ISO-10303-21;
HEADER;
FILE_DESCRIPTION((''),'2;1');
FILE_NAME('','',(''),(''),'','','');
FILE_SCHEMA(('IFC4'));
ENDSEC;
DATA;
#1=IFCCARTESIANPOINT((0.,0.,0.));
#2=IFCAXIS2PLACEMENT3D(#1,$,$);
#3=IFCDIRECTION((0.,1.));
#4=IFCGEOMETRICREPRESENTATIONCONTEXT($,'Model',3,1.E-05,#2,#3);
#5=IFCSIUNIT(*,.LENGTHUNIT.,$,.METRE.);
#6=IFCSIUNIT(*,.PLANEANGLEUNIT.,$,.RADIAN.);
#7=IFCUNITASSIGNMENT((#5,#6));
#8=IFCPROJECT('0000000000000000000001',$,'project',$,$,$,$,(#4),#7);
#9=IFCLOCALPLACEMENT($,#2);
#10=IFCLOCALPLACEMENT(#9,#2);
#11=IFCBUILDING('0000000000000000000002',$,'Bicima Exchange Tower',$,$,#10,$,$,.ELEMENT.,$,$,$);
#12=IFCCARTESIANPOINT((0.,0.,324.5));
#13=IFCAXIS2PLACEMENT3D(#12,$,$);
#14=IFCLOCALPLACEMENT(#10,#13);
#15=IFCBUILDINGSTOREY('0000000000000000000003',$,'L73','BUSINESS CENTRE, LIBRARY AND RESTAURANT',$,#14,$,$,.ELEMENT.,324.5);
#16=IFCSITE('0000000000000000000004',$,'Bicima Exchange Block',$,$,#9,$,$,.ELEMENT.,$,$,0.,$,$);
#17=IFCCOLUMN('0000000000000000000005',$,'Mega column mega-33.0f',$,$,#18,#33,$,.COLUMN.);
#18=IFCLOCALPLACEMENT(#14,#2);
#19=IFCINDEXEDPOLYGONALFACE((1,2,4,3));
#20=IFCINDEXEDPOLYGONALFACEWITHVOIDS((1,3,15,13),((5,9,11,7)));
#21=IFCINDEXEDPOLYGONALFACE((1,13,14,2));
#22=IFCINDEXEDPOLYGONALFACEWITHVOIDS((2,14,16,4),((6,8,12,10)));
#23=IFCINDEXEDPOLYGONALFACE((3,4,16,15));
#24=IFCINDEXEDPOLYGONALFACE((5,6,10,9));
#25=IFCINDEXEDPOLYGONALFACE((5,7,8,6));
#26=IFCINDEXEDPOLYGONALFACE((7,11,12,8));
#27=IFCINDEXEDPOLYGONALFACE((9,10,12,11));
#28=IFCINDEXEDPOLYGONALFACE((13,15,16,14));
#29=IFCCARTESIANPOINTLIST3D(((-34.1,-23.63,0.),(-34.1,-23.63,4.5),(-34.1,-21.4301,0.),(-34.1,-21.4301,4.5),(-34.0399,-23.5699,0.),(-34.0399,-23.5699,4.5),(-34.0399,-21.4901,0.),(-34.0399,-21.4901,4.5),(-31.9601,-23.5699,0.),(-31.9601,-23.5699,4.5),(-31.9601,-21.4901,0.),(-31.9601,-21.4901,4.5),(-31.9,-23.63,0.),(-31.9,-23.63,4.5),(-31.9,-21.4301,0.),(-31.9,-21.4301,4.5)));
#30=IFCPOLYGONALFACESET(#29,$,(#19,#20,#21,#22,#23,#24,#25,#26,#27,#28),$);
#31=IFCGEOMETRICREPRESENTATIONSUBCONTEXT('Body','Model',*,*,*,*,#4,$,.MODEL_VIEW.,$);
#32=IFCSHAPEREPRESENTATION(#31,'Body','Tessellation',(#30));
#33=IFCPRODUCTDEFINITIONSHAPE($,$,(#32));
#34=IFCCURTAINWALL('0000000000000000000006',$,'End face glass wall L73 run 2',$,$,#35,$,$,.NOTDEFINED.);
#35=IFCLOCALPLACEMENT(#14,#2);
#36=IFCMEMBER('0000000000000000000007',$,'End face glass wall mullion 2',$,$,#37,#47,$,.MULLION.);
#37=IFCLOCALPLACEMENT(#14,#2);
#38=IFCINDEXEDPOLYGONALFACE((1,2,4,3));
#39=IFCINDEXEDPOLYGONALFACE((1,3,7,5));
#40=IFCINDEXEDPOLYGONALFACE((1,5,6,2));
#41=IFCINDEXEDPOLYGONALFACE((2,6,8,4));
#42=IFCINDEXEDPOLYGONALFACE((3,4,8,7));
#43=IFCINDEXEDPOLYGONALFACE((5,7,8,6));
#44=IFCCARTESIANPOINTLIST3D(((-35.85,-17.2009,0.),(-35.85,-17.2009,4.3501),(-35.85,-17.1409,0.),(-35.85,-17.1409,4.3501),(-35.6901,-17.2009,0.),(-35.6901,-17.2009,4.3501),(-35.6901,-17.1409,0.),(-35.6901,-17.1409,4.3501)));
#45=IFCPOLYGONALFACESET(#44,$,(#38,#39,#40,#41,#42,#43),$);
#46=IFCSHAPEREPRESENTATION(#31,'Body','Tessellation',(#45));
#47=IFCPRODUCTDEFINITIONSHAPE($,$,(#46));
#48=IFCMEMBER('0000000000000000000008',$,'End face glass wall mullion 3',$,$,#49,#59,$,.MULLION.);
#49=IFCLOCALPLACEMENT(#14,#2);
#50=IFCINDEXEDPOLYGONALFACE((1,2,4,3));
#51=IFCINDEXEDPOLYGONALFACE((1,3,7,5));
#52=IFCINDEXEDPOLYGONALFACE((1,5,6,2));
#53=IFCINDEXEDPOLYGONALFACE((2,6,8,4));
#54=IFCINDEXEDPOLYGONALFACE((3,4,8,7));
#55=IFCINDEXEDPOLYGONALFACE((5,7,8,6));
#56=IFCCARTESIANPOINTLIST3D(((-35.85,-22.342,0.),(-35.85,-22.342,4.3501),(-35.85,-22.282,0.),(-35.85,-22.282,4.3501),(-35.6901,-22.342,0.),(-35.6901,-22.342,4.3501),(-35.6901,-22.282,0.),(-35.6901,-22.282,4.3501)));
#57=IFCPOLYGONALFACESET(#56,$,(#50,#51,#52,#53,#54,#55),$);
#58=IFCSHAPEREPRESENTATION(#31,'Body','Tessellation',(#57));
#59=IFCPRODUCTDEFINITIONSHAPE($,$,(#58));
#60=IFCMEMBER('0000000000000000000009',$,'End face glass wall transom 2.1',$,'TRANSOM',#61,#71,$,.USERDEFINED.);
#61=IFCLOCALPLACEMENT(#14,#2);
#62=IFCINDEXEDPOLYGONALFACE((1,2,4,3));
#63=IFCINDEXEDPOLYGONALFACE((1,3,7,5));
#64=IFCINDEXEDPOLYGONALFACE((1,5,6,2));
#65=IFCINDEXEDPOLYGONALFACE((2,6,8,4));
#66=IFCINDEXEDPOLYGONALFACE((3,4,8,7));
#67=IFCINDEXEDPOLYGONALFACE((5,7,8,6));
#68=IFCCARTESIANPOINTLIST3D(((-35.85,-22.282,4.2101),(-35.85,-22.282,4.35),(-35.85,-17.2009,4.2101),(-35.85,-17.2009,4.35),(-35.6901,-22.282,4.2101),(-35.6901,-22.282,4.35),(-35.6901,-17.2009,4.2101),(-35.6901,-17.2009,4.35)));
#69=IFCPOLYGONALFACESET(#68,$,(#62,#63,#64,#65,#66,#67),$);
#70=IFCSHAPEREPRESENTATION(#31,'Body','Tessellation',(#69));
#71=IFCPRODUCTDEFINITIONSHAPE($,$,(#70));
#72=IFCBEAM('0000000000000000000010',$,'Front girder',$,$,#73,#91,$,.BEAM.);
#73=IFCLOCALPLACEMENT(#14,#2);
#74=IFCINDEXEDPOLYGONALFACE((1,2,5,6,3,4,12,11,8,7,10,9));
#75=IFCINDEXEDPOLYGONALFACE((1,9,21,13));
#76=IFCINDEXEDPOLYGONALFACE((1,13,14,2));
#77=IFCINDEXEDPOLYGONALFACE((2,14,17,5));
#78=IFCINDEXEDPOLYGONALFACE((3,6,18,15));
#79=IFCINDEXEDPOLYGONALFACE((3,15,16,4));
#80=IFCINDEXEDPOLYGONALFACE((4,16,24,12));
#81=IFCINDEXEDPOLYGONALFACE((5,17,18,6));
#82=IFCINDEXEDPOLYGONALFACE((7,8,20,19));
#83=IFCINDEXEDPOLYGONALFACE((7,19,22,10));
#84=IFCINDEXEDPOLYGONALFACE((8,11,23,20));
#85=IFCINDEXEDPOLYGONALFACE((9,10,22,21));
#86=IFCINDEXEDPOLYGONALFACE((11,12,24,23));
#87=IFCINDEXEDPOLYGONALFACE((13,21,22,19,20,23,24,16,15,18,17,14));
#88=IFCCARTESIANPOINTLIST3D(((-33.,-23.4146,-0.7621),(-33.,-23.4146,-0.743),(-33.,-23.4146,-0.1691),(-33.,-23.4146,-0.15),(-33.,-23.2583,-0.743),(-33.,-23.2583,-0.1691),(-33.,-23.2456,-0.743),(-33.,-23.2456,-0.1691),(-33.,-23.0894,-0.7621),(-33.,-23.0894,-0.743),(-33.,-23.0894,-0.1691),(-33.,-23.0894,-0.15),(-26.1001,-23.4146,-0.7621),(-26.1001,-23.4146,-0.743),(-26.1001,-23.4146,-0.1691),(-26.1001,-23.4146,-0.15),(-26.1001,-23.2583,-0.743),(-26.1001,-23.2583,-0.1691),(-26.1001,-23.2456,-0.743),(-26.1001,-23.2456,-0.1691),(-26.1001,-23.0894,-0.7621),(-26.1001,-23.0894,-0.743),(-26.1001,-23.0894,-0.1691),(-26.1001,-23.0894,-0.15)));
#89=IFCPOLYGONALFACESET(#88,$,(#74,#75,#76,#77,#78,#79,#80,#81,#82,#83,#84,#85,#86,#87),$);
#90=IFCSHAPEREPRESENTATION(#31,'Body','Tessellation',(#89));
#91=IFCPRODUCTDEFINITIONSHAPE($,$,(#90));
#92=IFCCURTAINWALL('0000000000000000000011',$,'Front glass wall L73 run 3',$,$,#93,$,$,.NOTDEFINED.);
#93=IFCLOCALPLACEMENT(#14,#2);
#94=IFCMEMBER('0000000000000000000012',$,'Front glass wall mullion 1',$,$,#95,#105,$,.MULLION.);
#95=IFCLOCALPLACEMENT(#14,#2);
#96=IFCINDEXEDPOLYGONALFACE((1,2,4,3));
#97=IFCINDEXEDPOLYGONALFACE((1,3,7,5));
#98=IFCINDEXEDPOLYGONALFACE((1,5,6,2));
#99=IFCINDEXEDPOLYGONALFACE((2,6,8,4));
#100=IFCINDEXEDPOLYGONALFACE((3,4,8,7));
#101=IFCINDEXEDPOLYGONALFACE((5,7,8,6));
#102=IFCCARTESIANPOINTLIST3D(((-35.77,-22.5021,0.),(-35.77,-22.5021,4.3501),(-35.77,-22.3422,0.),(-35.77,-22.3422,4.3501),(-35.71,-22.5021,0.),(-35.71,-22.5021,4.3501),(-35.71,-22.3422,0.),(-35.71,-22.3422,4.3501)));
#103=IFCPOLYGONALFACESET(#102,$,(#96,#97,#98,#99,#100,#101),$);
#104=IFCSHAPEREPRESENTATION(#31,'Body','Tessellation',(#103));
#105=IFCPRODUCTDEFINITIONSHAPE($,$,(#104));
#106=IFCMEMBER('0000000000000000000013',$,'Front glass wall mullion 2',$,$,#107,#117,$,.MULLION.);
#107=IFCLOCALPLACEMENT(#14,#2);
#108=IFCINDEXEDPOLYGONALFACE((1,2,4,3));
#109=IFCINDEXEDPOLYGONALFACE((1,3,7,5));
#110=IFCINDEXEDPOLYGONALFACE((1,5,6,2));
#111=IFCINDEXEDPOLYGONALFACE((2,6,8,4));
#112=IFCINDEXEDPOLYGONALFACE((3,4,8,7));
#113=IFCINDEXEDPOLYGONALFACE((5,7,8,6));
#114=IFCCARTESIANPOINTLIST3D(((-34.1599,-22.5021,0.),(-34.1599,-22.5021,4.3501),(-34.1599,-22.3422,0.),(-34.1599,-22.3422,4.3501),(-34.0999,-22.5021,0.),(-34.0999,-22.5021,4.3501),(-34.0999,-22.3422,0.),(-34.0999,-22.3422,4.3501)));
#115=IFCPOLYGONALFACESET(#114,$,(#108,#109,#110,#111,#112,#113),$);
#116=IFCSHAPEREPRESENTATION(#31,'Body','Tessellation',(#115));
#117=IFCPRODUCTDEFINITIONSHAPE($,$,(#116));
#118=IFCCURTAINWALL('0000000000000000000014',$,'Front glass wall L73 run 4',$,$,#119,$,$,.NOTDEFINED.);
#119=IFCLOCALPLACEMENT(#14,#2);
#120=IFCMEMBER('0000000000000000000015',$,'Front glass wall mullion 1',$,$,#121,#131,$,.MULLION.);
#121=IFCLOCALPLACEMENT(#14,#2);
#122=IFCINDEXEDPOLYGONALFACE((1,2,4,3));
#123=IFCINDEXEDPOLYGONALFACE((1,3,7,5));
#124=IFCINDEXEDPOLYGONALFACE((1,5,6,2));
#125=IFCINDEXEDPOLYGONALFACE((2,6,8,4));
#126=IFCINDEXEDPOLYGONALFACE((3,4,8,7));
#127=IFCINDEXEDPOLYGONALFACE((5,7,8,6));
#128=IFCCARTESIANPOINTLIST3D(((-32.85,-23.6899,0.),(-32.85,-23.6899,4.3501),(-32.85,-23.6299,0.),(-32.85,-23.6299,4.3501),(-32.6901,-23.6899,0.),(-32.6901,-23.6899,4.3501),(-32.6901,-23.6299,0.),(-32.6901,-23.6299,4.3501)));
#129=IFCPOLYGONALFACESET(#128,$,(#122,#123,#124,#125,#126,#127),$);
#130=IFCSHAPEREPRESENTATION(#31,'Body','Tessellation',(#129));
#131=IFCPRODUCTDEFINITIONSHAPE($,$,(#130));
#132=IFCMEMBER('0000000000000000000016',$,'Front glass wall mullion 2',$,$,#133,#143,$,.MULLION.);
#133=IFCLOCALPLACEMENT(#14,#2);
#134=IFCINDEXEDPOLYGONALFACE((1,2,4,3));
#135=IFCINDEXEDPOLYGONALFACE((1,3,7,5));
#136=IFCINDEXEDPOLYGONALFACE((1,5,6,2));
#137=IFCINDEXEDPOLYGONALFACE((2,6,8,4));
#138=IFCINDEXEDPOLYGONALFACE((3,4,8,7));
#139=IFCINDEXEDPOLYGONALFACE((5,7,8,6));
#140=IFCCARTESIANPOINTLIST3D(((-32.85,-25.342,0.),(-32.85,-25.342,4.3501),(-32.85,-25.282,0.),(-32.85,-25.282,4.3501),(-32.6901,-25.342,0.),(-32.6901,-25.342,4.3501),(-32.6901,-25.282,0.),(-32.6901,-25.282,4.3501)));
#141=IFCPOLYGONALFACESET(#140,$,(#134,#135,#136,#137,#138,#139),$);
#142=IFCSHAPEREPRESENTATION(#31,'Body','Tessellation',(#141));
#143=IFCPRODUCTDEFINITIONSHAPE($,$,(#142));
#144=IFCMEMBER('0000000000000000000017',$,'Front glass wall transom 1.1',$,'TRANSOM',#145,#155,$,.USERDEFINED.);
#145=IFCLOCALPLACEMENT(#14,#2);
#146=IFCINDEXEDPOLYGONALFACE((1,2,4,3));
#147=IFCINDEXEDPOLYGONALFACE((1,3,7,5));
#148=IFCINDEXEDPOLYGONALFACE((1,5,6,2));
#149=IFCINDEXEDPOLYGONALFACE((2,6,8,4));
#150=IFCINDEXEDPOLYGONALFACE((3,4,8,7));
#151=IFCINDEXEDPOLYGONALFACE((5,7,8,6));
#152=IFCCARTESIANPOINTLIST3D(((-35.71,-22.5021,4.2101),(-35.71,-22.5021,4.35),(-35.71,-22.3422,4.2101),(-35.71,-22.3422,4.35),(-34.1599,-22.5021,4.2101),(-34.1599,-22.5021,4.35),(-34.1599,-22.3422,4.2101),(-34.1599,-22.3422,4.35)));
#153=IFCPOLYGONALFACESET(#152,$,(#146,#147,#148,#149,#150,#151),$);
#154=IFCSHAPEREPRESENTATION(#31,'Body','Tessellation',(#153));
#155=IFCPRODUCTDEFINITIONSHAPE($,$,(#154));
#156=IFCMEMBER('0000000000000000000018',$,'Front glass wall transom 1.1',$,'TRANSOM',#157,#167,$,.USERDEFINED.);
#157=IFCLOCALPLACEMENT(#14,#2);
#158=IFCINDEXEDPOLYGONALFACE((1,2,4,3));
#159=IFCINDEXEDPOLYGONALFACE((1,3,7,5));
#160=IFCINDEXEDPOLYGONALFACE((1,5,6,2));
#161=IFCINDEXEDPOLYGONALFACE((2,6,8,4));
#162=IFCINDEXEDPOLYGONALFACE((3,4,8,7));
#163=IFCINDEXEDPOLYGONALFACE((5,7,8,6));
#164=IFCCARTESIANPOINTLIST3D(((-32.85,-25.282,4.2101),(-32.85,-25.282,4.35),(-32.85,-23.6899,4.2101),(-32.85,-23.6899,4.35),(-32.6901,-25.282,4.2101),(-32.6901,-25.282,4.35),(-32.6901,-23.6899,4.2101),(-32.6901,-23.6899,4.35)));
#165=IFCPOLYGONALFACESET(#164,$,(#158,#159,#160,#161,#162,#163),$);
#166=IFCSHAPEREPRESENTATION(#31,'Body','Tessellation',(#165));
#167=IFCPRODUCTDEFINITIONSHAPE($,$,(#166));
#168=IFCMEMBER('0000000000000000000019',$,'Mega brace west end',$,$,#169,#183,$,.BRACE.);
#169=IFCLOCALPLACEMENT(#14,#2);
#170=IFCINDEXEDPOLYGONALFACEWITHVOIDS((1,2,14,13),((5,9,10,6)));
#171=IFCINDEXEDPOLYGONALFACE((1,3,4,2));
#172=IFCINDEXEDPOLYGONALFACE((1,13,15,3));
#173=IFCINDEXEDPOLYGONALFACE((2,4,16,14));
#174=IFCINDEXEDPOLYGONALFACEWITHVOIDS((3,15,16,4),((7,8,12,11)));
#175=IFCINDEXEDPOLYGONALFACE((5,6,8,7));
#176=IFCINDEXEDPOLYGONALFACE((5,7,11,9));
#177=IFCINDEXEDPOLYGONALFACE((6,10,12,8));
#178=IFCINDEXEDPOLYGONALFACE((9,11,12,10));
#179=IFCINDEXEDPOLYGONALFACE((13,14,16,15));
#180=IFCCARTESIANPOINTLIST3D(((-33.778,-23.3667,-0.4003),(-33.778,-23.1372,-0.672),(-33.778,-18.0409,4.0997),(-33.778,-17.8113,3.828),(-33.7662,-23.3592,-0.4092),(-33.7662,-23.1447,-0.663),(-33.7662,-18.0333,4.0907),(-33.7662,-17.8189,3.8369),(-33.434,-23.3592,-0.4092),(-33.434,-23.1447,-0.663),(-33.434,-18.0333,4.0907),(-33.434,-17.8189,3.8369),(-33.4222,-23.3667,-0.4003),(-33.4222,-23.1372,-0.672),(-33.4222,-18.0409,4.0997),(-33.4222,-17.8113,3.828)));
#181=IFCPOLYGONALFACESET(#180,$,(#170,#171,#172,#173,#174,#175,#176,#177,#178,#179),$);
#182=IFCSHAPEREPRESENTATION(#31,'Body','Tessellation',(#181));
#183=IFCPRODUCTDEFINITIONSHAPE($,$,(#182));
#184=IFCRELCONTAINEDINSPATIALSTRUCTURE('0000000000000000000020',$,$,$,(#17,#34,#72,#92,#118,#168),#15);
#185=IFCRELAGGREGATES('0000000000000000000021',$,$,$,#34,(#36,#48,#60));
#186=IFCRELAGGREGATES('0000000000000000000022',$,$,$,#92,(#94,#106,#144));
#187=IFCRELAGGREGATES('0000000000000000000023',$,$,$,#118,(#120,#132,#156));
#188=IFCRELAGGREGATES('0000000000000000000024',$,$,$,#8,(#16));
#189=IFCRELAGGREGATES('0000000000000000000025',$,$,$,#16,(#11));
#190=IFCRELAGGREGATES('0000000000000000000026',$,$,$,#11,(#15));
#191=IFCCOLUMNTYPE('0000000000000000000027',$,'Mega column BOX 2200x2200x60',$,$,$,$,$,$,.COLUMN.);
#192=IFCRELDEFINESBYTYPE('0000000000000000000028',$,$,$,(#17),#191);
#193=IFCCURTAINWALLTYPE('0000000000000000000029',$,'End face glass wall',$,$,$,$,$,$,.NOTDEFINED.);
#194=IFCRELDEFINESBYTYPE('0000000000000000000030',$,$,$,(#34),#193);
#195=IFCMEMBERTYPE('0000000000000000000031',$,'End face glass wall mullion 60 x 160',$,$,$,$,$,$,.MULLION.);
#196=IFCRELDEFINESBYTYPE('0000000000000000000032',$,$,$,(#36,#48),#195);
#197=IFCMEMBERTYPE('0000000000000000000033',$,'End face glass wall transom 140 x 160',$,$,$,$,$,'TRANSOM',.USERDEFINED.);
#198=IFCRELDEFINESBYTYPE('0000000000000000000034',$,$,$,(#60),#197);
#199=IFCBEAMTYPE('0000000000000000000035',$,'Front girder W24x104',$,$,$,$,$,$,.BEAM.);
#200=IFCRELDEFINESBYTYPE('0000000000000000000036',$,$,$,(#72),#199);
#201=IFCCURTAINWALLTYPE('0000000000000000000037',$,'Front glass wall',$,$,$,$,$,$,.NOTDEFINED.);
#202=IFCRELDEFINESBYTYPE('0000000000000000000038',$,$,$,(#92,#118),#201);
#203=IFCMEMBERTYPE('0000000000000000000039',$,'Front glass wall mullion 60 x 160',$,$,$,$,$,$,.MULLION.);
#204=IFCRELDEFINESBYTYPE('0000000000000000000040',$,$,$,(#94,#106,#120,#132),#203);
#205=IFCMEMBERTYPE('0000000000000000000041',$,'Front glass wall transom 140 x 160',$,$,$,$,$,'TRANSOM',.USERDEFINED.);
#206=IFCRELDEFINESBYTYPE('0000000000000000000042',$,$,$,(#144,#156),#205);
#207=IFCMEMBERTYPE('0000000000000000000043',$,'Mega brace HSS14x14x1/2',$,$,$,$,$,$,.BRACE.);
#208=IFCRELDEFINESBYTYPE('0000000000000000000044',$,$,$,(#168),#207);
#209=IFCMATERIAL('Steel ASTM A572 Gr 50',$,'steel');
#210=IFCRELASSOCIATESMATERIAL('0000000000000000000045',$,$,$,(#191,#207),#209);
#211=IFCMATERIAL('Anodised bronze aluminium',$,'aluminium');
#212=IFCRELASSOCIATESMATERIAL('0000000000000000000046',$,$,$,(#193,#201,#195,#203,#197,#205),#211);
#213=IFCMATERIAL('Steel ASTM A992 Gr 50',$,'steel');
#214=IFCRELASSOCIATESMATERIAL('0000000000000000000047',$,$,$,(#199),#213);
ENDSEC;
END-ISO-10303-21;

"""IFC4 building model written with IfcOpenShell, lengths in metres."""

from ifc_helpers import new_model, si_unit, direction, frame, origin, origin_2d, place, context, subcontext, project, spatial, rectangle, hollow_rectangle, i_section, extrude, material, material_profile, profile_set, type_object, element, aggregate, save


model = new_model("IFC4")

# Units and contexts
model_context = context("Model", 3, precision=1e-05, world=origin(), true_north=direction((0.0, 1.0)))
body_context = subcontext(model_context, "Body", "Model", "MODEL_VIEW")
ifc_project = project(units=[si_unit("LENGTHUNIT", "METRE"), si_unit("PLANEANGLEUNIT", "RADIAN")], contexts=[model_context])

# Site, building, storey
site_placement = place(None, origin())
site = spatial("IfcSite", under=ifc_project, at=site_placement, Name="Bicima Exchange Block", CompositionType="ELEMENT", RefElevation=0.0)
building_placement = place(site_placement, origin())
building = spatial("IfcBuilding", under=site, at=building_placement, Name="Bicima Exchange Tower", CompositionType="ELEMENT")
storey_placement = place(building_placement, frame((0.0, 0.0, 324.5)))
storey = spatial("IfcBuildingStorey", under=building, at=storey_placement, Name="L73", Description="BUSINESS CENTRE, LIBRARY AND RESTAURANT", CompositionType="ELEMENT", Elevation=324.5)

# Column
ifc_material_1 = material(Name="Steel ASTM A572 Gr 50", Category="steel")
ifc_material_profile_1 = material_profile(ifc_material_1, hollow_rectangle(XDim=2.2, YDim=2.2, WallThickness=0.0601, at=origin_2d()))
ifc_profile_set_1 = profile_set([ifc_material_profile_1], Name="Steel ASTM A572 Gr 50")
column_type = type_object("IfcColumnType", Name="Mega column BOX 2200x2200x60", PredefinedType="COLUMN", material=ifc_profile_set_1)
column_placement = place(storey_placement, frame((-33.0, -22.53, 0.0), z_axis=(0.0, 0.0, 1.0), x_axis=(1.0, 0.0, 0.0)))
element("IfcColumn", 1, at=column_placement, inside=storey, type_object=column_type, Name="Mega column mega-33.0f", PredefinedType="COLUMN", context=body_context, shape_type="SweptSolid", body=[
    extrude(hollow_rectangle(XDim=2.2, YDim=2.2, WallThickness=0.0601, at=origin_2d()), origin(), (0.0, 0.0, 1.0), 4.5),
])

# Curtain wall, members
ifc_material_2 = material(Name="Anodised bronze aluminium", Category="aluminium")
curtain_wall_type_1 = type_object("IfcCurtainWallType", Name="End face glass wall", PredefinedType="NOTDEFINED", material=ifc_material_2)
curtain_wall_1_placement = place(storey_placement, origin())
curtain_wall_1 = element("IfcCurtainWall", 2, at=curtain_wall_1_placement, inside=storey, type_object=curtain_wall_type_1, Name="End face glass wall L73 run 2", PredefinedType="NOTDEFINED")
ifc_material_profile_2 = material_profile(ifc_material_2, rectangle(XDim=0.1599, YDim=0.0601, at=origin_2d()))
ifc_profile_set_2 = profile_set([ifc_material_profile_2], Name="Anodised bronze aluminium")
member_type_1 = type_object("IfcMemberType", Name="End face glass wall mullion 60 x 160", PredefinedType="MULLION", material=ifc_profile_set_2)
member_1_placement = place(storey_placement, frame((-35.77, -17.1709, 0.0), z_axis=(0.0, 0.0, 1.0), x_axis=(1.0, 0.0, 0.0)))
member_1 = element("IfcMember", 3, at=member_1_placement, type_object=member_type_1, Name="End face glass wall mullion 2", PredefinedType="MULLION", context=body_context, shape_type="SweptSolid", body=[
    extrude(rectangle(XDim=0.1599, YDim=0.0601, at=origin_2d()), origin(), (0.0, 0.0, 1.0), 4.3501),
])
member_2_placement = place(storey_placement, frame((-35.77, -22.312, 0.0), z_axis=(0.0, 0.0, 1.0), x_axis=(1.0, 0.0, 0.0)))
member_2 = element("IfcMember", 4, at=member_2_placement, type_object=member_type_1, Name="End face glass wall mullion 3", PredefinedType="MULLION", context=body_context, shape_type="SweptSolid", body=[
    extrude(rectangle(XDim=0.1599, YDim=0.0601, at=origin_2d()), origin(), (0.0, 0.0, 1.0), 4.3501),
])
ifc_material_profile_3 = material_profile(ifc_material_2, rectangle(XDim=0.1599, YDim=0.1399, at=origin_2d()))
ifc_profile_set_3 = profile_set([ifc_material_profile_3], Name="Anodised bronze aluminium")
member_type_2 = type_object("IfcMemberType", Name="End face glass wall transom 140 x 160", ElementType="TRANSOM", PredefinedType="USERDEFINED", material=ifc_profile_set_3)
member_3_placement = place(storey_placement, frame((-35.77, -17.2009, 4.28), z_axis=(0.0, -1.0, 0.0), x_axis=(1.0, 0.0, 0.0)))
member_3 = element("IfcMember", 5, at=member_3_placement, type_object=member_type_2, Name="End face glass wall transom 2.1", ObjectType="TRANSOM", PredefinedType="USERDEFINED", context=body_context, shape_type="SweptSolid", body=[
    extrude(rectangle(XDim=0.1599, YDim=0.1399, at=origin_2d()), origin(), (0.0, 0.0, 1.0), 5.0811),
])

# Beam
ifc_material_3 = material(Name="Steel ASTM A992 Gr 50", Category="steel")
ifc_material_profile_4 = material_profile(ifc_material_3, i_section(OverallWidth=0.3252, OverallDepth=0.6121, WebThickness=0.0127, FlangeThickness=0.019, at=origin_2d()))
ifc_profile_set_4 = profile_set([ifc_material_profile_4], Name="Steel ASTM A992 Gr 50")
beam_type = type_object("IfcBeamType", Name="Front girder W24x104", PredefinedType="BEAM", material=ifc_profile_set_4)
beam_placement = place(storey_placement, frame((-33.0, -23.252, -0.4561), z_axis=(1.0, 0.0, 0.0), x_axis=(0.0, 1.0, 0.0)))
element("IfcBeam", 6, at=beam_placement, inside=storey, type_object=beam_type, Name="Front girder", PredefinedType="BEAM", context=body_context, shape_type="SweptSolid", body=[
    extrude(i_section(OverallWidth=0.3252, OverallDepth=0.6121, WebThickness=0.0127, FlangeThickness=0.019, at=origin_2d()), origin(), (0.0, 0.0, 1.0), 6.8999),
])

# Curtain walls, members
curtain_wall_type_2 = type_object("IfcCurtainWallType", Name="Front glass wall", PredefinedType="NOTDEFINED", material=ifc_material_2)
curtain_wall_2_placement = place(storey_placement, origin())
curtain_wall_2 = element("IfcCurtainWall", 7, at=curtain_wall_2_placement, inside=storey, type_object=curtain_wall_type_2, Name="Front glass wall L73 run 3", PredefinedType="NOTDEFINED")
member_type_3 = type_object("IfcMemberType", Name="Front glass wall mullion 60 x 160", PredefinedType="MULLION", material=ifc_profile_set_2)
member_4_placement = place(storey_placement, frame((-35.74, -22.4221, 0.0), z_axis=(0.0, 0.0, 1.0), x_axis=(0.0, 1.0, 0.0)))
member_4 = element("IfcMember", 8, at=member_4_placement, type_object=member_type_3, Name="Front glass wall mullion 1", PredefinedType="MULLION", context=body_context, shape_type="SweptSolid", body=[
    extrude(rectangle(XDim=0.1599, YDim=0.0601, at=origin_2d()), origin(), (0.0, 0.0, 1.0), 4.3501),
])
member_5_placement = place(storey_placement, frame((-34.1299, -22.4221, 0.0), z_axis=(0.0, 0.0, 1.0), x_axis=(0.0, 1.0, 0.0)))
member_5 = element("IfcMember", 9, at=member_5_placement, type_object=member_type_3, Name="Front glass wall mullion 2", PredefinedType="MULLION", context=body_context, shape_type="SweptSolid", body=[
    extrude(rectangle(XDim=0.1599, YDim=0.0601, at=origin_2d()), origin(), (0.0, 0.0, 1.0), 4.3501),
])
curtain_wall_3_placement = place(storey_placement, origin())
curtain_wall_3 = element("IfcCurtainWall", 10, at=curtain_wall_3_placement, inside=storey, type_object=curtain_wall_type_2, Name="Front glass wall L73 run 4", PredefinedType="NOTDEFINED")
member_6_placement = place(storey_placement, frame((-32.77, -23.6599, 0.0), z_axis=(0.0, 0.0, 1.0), x_axis=(1.0, 0.0, 0.0)))
member_6 = element("IfcMember", 11, at=member_6_placement, type_object=member_type_3, Name="Front glass wall mullion 1", PredefinedType="MULLION", context=body_context, shape_type="SweptSolid", body=[
    extrude(rectangle(XDim=0.1599, YDim=0.0601, at=origin_2d()), origin(), (0.0, 0.0, 1.0), 4.3501),
])
member_7_placement = place(storey_placement, frame((-32.77, -25.312, 0.0), z_axis=(0.0, 0.0, 1.0), x_axis=(1.0, 0.0, 0.0)))
member_7 = element("IfcMember", 12, at=member_7_placement, type_object=member_type_3, Name="Front glass wall mullion 2", PredefinedType="MULLION", context=body_context, shape_type="SweptSolid", body=[
    extrude(rectangle(XDim=0.1599, YDim=0.0601, at=origin_2d()), origin(), (0.0, 0.0, 1.0), 4.3501),
])

# Members
member_type_4 = type_object("IfcMemberType", Name="Front glass wall transom 140 x 160", ElementType="TRANSOM", PredefinedType="USERDEFINED", material=ifc_profile_set_3)
member_8_placement = place(storey_placement, frame((-35.71, -22.4221, 4.28), z_axis=(1.0, 0.0, 0.0), x_axis=(0.0, 1.0, 0.0)))
member_8 = element("IfcMember", 13, at=member_8_placement, type_object=member_type_4, Name="Front glass wall transom 1.1", ObjectType="TRANSOM", PredefinedType="USERDEFINED", context=body_context, shape_type="SweptSolid", body=[
    extrude(rectangle(XDim=0.1599, YDim=0.1399, at=origin_2d()), origin(), (0.0, 0.0, 1.0), 1.55),
])
member_9_placement = place(storey_placement, frame((-32.77, -23.6899, 4.28), z_axis=(0.0, -1.0, 0.0), x_axis=(1.0, 0.0, 0.0)))
member_9 = element("IfcMember", 14, at=member_9_placement, type_object=member_type_4, Name="Front glass wall transom 1.1", ObjectType="TRANSOM", PredefinedType="USERDEFINED", context=body_context, shape_type="SweptSolid", body=[
    extrude(rectangle(XDim=0.1599, YDim=0.1399, at=origin_2d()), origin(), (0.0, 0.0, 1.0), 1.592),
])
ifc_material_profile_5 = material_profile(ifc_material_1, hollow_rectangle(XDim=0.3557, YDim=0.3557, WallThickness=0.0117, at=origin_2d()))
ifc_profile_set_5 = profile_set([ifc_material_profile_5], Name="Steel ASTM A572 Gr 50")
member_type_5 = type_object("IfcMemberType", Name="Mega brace HSS14x14x1/2", PredefinedType="BRACE", material=ifc_profile_set_5)
member_10_placement = place(storey_placement, frame((-33.6001, -23.252, -0.5361), z_axis=(0.0, 0.76385, 0.645394), x_axis=(-1.0, 0.0, 0.0)))
element("IfcMember", 15, at=member_10_placement, inside=storey, type_object=member_type_5, Name="Mega brace west end", PredefinedType="BRACE", context=body_context, shape_type="SweptSolid", body=[
    extrude(hollow_rectangle(XDim=0.3557, YDim=0.3557, WallThickness=0.0117, at=origin_2d()), origin(), (0.0, 0.0, 1.0), 6.9724),
])

aggregate(curtain_wall_1, [member_1, member_2, member_3])
aggregate(curtain_wall_2, [member_4, member_5, member_8])
aggregate(curtain_wall_3, [member_6, member_7, member_9])

save(model, "model.ifc")
